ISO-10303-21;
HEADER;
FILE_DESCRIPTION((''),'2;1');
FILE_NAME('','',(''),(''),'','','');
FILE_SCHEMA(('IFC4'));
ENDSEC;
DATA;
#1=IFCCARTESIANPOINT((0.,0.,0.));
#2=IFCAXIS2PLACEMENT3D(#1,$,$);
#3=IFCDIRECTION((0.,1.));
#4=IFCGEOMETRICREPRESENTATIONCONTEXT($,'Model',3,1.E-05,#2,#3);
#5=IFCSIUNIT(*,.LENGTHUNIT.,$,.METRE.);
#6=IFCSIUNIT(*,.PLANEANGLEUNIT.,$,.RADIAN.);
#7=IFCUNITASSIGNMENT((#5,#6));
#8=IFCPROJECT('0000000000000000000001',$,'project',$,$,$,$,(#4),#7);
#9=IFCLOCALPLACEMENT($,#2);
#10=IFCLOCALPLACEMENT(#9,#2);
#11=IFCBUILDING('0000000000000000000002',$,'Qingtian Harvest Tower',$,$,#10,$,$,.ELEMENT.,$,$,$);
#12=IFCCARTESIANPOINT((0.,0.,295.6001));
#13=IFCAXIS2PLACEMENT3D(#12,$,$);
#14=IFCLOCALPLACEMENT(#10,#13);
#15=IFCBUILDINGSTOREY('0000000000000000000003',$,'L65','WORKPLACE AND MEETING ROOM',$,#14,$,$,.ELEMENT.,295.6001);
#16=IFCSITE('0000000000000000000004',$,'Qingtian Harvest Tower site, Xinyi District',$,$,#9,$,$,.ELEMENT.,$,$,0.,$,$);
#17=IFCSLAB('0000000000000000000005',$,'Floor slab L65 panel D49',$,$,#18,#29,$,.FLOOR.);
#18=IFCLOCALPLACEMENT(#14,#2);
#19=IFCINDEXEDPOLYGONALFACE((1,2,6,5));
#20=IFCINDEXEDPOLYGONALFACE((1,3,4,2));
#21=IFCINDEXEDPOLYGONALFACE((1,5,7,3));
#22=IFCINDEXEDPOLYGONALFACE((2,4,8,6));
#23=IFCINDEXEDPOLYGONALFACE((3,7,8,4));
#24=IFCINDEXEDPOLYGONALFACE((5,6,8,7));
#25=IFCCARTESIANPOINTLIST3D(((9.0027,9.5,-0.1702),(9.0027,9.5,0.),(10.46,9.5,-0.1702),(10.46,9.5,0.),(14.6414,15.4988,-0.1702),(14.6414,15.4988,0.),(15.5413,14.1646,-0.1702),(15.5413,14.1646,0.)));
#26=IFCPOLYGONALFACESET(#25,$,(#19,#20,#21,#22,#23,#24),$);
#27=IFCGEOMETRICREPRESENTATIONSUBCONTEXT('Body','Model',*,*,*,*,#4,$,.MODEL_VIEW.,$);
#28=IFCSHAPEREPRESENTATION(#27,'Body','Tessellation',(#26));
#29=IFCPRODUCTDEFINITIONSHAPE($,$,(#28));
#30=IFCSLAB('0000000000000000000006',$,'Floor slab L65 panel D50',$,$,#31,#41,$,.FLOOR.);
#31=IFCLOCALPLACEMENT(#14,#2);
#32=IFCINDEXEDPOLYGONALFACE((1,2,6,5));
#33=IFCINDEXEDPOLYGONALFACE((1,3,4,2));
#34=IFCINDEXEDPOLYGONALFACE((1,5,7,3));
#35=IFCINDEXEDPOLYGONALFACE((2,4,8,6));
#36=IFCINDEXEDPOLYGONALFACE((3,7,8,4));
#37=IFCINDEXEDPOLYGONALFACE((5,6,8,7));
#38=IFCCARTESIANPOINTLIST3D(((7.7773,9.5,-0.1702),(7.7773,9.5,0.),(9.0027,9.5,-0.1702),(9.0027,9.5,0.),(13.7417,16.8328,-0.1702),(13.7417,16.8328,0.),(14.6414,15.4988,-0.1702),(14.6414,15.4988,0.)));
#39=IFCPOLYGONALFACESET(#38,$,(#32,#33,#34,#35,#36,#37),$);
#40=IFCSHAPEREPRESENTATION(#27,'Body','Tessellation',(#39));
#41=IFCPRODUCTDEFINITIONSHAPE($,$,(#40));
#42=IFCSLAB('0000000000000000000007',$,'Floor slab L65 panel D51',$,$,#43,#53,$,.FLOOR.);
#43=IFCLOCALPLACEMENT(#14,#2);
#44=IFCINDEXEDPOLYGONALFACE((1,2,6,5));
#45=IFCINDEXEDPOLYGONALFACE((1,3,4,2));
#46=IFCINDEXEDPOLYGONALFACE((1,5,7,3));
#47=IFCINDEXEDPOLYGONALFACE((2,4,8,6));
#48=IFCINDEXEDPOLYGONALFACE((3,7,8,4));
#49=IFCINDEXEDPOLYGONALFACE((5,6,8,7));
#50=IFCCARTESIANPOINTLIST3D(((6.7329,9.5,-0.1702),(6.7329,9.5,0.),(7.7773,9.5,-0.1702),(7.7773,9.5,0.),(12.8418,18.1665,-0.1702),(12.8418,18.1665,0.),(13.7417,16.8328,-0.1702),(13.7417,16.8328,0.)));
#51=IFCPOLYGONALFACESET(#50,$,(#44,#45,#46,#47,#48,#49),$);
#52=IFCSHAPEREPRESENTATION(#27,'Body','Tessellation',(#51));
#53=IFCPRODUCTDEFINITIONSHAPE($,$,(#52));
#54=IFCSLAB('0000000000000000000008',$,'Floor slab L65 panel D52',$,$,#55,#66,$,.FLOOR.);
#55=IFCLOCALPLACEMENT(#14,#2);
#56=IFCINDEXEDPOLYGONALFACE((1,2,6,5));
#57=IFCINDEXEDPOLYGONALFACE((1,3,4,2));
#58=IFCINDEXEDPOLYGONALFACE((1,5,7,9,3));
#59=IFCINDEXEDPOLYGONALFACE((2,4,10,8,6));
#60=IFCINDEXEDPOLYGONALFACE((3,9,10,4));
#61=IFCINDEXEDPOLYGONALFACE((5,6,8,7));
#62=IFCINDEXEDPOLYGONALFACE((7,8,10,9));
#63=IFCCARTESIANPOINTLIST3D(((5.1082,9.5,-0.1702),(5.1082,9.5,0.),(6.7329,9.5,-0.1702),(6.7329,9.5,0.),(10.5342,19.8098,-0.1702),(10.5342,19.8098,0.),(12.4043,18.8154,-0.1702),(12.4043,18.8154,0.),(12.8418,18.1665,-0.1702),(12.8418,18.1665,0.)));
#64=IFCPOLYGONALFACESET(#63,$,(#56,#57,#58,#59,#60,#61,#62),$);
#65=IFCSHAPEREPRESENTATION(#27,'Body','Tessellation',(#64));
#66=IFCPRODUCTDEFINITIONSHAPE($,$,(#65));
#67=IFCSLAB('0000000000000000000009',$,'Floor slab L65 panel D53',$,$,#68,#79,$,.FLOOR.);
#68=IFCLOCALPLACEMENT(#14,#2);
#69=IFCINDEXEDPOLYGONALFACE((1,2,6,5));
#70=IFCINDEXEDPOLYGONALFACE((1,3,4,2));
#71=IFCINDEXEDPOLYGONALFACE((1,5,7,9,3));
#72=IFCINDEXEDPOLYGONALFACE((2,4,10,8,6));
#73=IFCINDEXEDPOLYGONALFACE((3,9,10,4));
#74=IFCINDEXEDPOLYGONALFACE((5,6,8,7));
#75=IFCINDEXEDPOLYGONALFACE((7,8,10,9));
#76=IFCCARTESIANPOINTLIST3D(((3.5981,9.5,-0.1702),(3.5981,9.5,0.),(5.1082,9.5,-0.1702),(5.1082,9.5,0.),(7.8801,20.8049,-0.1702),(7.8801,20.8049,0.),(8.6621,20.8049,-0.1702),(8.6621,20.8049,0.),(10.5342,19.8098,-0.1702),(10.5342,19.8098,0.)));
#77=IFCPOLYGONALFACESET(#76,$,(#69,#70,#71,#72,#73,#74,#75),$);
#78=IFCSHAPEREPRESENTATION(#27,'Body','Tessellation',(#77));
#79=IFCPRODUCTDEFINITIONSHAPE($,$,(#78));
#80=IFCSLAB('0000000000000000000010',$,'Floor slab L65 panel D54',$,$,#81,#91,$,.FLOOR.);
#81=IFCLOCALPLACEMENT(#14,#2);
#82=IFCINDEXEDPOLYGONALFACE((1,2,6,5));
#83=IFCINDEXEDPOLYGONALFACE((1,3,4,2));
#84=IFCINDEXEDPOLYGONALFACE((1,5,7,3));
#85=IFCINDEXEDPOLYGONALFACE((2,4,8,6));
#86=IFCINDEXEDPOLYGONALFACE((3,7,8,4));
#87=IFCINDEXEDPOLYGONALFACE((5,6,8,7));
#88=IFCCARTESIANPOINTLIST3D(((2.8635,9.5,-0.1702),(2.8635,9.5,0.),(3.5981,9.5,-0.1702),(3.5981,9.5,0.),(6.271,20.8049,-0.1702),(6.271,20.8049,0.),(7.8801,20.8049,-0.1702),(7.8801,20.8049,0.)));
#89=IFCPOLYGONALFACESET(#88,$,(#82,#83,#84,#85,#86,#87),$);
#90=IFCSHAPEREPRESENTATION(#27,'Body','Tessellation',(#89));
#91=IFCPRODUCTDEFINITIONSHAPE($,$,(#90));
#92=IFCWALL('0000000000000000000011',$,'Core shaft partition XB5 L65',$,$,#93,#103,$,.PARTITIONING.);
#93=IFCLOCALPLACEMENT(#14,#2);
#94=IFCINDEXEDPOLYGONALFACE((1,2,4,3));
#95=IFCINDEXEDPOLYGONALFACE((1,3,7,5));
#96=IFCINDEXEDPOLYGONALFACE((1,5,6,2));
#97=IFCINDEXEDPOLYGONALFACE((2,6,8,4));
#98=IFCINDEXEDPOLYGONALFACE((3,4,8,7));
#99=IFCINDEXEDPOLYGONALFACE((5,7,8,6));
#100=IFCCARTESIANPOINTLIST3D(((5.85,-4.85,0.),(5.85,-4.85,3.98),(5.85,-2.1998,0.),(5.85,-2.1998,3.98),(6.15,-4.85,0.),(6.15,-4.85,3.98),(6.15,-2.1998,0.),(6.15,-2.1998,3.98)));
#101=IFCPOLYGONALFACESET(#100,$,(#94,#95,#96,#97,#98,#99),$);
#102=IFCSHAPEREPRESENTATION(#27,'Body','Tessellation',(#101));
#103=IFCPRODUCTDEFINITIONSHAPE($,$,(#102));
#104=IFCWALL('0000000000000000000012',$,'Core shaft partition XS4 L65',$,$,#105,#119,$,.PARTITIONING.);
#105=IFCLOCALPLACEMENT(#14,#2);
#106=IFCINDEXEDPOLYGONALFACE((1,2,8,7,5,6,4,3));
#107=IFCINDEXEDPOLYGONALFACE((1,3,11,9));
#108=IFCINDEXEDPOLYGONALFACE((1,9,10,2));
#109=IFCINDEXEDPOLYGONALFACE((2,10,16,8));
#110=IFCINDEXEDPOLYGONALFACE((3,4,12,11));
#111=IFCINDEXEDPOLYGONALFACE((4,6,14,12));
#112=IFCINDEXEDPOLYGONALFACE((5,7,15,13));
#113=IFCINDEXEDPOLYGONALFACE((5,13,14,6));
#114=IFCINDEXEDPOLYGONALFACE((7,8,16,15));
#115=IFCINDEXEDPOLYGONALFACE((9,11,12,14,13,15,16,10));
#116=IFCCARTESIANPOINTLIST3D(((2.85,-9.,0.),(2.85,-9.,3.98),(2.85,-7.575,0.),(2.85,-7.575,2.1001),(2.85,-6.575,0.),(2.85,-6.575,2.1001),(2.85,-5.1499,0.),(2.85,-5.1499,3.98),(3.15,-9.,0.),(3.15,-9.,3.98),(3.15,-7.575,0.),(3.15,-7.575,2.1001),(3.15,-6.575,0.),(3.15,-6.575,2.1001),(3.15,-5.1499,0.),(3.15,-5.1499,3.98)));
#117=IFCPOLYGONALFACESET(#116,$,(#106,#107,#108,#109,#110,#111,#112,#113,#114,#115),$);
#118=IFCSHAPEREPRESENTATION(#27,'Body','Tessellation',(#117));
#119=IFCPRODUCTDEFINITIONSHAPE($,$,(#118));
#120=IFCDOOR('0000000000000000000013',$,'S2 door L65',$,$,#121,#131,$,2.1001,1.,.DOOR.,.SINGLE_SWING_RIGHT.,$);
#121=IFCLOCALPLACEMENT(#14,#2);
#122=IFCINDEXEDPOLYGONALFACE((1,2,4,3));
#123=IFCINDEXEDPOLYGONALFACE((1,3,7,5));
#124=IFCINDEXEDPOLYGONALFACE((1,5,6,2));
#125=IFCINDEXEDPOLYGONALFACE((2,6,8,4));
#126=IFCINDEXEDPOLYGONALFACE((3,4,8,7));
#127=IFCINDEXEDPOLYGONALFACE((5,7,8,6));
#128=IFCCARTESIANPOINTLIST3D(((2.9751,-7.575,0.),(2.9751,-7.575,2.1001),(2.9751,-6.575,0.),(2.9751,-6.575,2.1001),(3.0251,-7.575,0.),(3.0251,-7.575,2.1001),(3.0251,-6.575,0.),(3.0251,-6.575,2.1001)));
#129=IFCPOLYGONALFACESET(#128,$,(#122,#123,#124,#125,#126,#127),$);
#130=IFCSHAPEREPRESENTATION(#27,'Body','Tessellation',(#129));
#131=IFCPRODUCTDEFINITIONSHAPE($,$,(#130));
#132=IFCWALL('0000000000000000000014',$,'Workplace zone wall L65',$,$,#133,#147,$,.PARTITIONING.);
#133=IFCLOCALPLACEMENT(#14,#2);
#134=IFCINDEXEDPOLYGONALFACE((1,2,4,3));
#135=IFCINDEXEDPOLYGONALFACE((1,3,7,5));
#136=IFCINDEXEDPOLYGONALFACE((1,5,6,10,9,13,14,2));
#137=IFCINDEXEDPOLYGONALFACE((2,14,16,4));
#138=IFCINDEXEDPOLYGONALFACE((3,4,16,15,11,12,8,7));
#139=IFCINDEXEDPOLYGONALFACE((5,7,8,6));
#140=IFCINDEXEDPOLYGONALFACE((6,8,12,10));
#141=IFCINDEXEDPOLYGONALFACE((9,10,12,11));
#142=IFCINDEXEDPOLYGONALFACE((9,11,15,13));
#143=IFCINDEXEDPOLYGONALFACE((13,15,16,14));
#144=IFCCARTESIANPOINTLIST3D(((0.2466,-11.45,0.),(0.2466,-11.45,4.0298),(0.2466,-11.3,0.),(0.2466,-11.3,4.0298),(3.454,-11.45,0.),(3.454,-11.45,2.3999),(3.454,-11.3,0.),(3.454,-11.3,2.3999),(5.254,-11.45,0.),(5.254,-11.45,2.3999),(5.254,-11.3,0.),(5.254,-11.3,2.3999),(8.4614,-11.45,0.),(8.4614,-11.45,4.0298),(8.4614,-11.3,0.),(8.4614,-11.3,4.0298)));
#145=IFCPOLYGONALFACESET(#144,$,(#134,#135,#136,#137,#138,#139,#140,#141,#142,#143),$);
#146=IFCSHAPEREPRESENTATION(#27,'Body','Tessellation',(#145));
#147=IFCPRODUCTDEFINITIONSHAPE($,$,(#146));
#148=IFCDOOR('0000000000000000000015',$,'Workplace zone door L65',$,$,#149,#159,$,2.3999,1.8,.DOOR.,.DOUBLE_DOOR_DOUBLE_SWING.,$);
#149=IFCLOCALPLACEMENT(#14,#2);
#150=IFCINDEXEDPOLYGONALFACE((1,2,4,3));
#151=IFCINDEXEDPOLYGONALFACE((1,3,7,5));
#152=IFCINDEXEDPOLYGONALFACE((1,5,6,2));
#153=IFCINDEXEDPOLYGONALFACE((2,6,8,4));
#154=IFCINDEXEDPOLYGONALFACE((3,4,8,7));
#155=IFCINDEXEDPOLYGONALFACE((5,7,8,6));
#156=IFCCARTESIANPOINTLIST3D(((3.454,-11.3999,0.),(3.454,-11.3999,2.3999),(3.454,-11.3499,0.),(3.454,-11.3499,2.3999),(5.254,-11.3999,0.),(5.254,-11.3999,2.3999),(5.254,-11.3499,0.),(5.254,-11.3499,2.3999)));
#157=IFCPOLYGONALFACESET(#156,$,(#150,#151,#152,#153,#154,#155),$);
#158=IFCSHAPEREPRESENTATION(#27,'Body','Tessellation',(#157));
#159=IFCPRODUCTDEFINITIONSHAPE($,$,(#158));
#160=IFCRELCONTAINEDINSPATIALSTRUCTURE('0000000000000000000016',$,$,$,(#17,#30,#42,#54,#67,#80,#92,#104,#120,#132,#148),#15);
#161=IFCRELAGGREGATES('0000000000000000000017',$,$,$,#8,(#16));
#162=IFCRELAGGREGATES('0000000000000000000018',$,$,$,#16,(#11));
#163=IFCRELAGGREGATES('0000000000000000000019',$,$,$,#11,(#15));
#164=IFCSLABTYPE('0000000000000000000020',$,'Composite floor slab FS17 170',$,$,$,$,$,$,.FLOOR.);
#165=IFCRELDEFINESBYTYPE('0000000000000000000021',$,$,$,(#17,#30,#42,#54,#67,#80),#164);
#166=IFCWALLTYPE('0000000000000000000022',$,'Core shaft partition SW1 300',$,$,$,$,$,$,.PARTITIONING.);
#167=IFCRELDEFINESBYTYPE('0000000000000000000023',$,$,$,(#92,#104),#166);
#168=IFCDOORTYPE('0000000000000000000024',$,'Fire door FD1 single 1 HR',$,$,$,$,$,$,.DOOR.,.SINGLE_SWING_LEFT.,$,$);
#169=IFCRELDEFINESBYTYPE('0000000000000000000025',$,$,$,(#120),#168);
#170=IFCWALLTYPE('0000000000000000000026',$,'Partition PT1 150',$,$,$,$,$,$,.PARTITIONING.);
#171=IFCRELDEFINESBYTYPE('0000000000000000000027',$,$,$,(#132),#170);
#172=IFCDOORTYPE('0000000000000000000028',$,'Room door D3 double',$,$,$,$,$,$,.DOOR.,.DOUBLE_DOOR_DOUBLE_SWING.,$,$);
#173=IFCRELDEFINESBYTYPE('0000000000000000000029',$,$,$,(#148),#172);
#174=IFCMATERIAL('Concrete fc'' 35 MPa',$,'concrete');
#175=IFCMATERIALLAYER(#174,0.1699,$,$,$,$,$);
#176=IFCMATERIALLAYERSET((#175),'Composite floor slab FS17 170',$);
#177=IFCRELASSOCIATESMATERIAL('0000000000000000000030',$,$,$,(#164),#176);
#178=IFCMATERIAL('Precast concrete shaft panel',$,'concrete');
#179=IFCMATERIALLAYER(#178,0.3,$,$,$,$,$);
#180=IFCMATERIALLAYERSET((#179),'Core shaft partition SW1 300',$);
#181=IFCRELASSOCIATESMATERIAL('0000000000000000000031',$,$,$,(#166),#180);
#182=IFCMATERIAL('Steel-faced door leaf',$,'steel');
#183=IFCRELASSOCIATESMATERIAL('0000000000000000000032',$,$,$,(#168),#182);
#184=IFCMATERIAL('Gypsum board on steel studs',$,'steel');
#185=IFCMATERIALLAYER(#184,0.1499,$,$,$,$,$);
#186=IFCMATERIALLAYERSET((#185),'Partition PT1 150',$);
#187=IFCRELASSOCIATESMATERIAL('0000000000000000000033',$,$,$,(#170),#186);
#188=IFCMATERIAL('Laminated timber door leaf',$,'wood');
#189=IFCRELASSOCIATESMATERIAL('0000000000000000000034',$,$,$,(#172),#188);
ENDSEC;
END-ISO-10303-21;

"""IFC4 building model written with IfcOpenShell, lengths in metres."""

from ifc_helpers import new_model, si_unit, direction, frame, frame_2d, origin, place, context, subcontext, project, spatial, polyline, rectangle, outline, extrude, material, layer, layer_set, type_object, element, fill, save


model = new_model("IFC4")

# Units and contexts
model_context = context("Model", 3, precision=1e-05, world=origin(), true_north=direction((0.0, 1.0)))
body_context = subcontext(model_context, "Body", "Model", "MODEL_VIEW")
ifc_project = project(units=[si_unit("LENGTHUNIT", "METRE"), si_unit("PLANEANGLEUNIT", "RADIAN")], contexts=[model_context])

# Site, building, storey
site_placement = place(None, origin())
site = spatial("IfcSite", under=ifc_project, at=site_placement, Name="Qingtian Harvest Tower site, Xinyi District", CompositionType="ELEMENT", RefElevation=0.0)
building_placement = place(site_placement, origin())
building = spatial("IfcBuilding", under=site, at=building_placement, Name="Qingtian Harvest Tower", CompositionType="ELEMENT")
storey_placement = place(building_placement, frame((0.0, 0.0, 295.6001)))
storey = spatial("IfcBuildingStorey", under=building, at=storey_placement, Name="L65", Description="WORKPLACE AND MEETING ROOM", CompositionType="ELEMENT", Elevation=295.6001)

# Slabs
ifc_material_1 = material(Name="Concrete fc' 35 MPa", Category="concrete")
ifc_layer_1 = layer(ifc_material_1, 0.1699)
ifc_layer_set_1 = layer_set([ifc_layer_1], Name="Composite floor slab FS17 170")
slab_type = type_object("IfcSlabType", Name="Composite floor slab FS17 170", PredefinedType="FLOOR", material=ifc_layer_set_1)
slab_1_placement = place(storey_placement, frame((0.0, 0.0, -0.1702)))
element("IfcSlab", 1, at=slab_1_placement, inside=storey, type_object=slab_type, Name="Floor slab L65 panel D49", PredefinedType="FLOOR", context=body_context, shape_type="SweptSolid", body=[
    extrude(outline(polyline([(9.0027, 9.5), (14.6414, 15.4988), (15.5413, 14.1646), (10.46, 9.5), (9.0027, 9.5)])), origin(), (0.0, 0.0, 1.0), 0.1702),
])
slab_2_placement = place(storey_placement, frame((0.0, 0.0, -0.1702)))
element("IfcSlab", 2, at=slab_2_placement, inside=storey, type_object=slab_type, Name="Floor slab L65 panel D50", PredefinedType="FLOOR", context=body_context, shape_type="SweptSolid", body=[
    extrude(outline(polyline([(7.7773, 9.5), (13.7417, 16.8328), (14.6414, 15.4988), (9.0027, 9.5), (7.7773, 9.5)])), origin(), (0.0, 0.0, 1.0), 0.1702),
])
slab_3_placement = place(storey_placement, frame((0.0, 0.0, -0.1702)))
element("IfcSlab", 3, at=slab_3_placement, inside=storey, type_object=slab_type, Name="Floor slab L65 panel D51", PredefinedType="FLOOR", context=body_context, shape_type="SweptSolid", body=[
    extrude(outline(polyline([(6.7329, 9.5), (12.8418, 18.1665), (13.7417, 16.8328), (7.7773, 9.5), (6.7329, 9.5)])), origin(), (0.0, 0.0, 1.0), 0.1702),
])
slab_4_placement = place(storey_placement, frame((0.0, 0.0, -0.1702)))
element("IfcSlab", 4, at=slab_4_placement, inside=storey, type_object=slab_type, Name="Floor slab L65 panel D52", PredefinedType="FLOOR", context=body_context, shape_type="SweptSolid", body=[
    extrude(outline(polyline([(6.7329, 9.5), (5.1082, 9.5), (10.5342, 19.8098), (12.4043, 18.8154), (12.8418, 18.1665), (6.7329, 9.5)])), origin(), (0.0, 0.0, 1.0), 0.1702),
])
slab_5_placement = place(storey_placement, frame((0.0, 0.0, -0.1702)))
element("IfcSlab", 5, at=slab_5_placement, inside=storey, type_object=slab_type, Name="Floor slab L65 panel D53", PredefinedType="FLOOR", context=body_context, shape_type="SweptSolid", body=[
    extrude(outline(polyline([(3.5981, 9.5), (7.8801, 20.8049), (8.6621, 20.8049), (10.5342, 19.8098), (5.1082, 9.5), (3.5981, 9.5)])), origin(), (0.0, 0.0, 1.0), 0.1702),
])
slab_6_placement = place(storey_placement, frame((0.0, 0.0, -0.1702)))
element("IfcSlab", 6, at=slab_6_placement, inside=storey, type_object=slab_type, Name="Floor slab L65 panel D54", PredefinedType="FLOOR", context=body_context, shape_type="SweptSolid", body=[
    extrude(outline(polyline([(2.8635, 9.5), (6.271, 20.8049), (7.8801, 20.8049), (3.5981, 9.5), (2.8635, 9.5)])), origin(), (0.0, 0.0, 1.0), 0.1702),
])

# Wall
ifc_material_2 = material(Name="Precast concrete shaft panel", Category="concrete")
ifc_layer_2 = layer(ifc_material_2, 0.3)
ifc_layer_set_2 = layer_set([ifc_layer_2], Name="Core shaft partition SW1 300")
wall_type_1 = type_object("IfcWallType", Name="Core shaft partition SW1 300", PredefinedType="PARTITIONING", material=ifc_layer_set_2)
wall_1_placement = place(storey_placement, frame((6.0, -4.8501, 0.0), z_axis=(0.0, 0.0, 1.0), x_axis=(0.0, 1.0, 0.0)))
element("IfcWall", 7, at=wall_1_placement, inside=storey, type_object=wall_type_1, Name="Core shaft partition XB5 L65", PredefinedType="PARTITIONING", context=body_context, shape_type="SweptSolid", body=[
    extrude(rectangle(XDim=2.6501, YDim=0.3, at=frame_2d((1.3252, 0.0))), origin(), (0.0, 0.0, 1.0), 3.98),
])

# Walls, openings, doors
wall_2_placement = place(storey_placement, frame((3.0, -9.0, 0.0), z_axis=(0.0, 0.0, 1.0), x_axis=(0.0, 1.0, 0.0)))
wall_2 = element("IfcWall", 8, at=wall_2_placement, inside=storey, type_object=wall_type_1, Name="Core shaft partition XS4 L65", PredefinedType="PARTITIONING", context=body_context, shape_type="SweptSolid", body=[
    extrude(rectangle(XDim=3.8501, YDim=0.3, at=frame_2d((1.925, 0.0))), origin(), (0.0, 0.0, 1.0), 3.98),
])
opening_1_placement = place(wall_2_placement, frame((1.425, 0.0, 0.0)))
opening_1 = element("IfcOpeningElement", 9, at=opening_1_placement, cuts=wall_2, PredefinedType="OPENING", context=body_context, shape_type="SweptSolid", body=[
    extrude(rectangle(XDim=1.0, YDim=2.1001, at=frame_2d((0.5, 1.05))), frame((0.0, 0.1599, 0.0), z_axis=(0.0, -1.0, 0.0), x_axis=(1.0, 0.0, 0.0)), (0.0, 0.0, 1.0), 0.3201),
])
ifc_material_3 = material(Name="Steel-faced door leaf", Category="steel")
door_type_1 = type_object("IfcDoorType", Name="Fire door FD1 single 1 HR", OperationType="SINGLE_SWING_LEFT", PredefinedType="DOOR", material=ifc_material_3)
door_1_placement = place(opening_1_placement, origin())
door_1 = element("IfcDoor", 10, at=door_1_placement, inside=storey, type_object=door_type_1, Name="S2 door L65", OperationType="SINGLE_SWING_RIGHT", OverallHeight=2.1001, OverallWidth=1.0, PredefinedType="DOOR", context=body_context, shape_type="SweptSolid", body=[
    extrude(rectangle(XDim=1.0, YDim=2.1001, at=frame_2d((0.5, 1.05))), frame((0.0, 0.0249, 0.0), z_axis=(0.0, -1.0, 0.0), x_axis=(1.0, 0.0, 0.0)), (0.0, 0.0, 1.0), 0.05),
])
fill(opening_1, door_1)
ifc_material_4 = material(Name="Gypsum board on steel studs", Category="steel")
ifc_layer_3 = layer(ifc_material_4, 0.1499)
ifc_layer_set_3 = layer_set([ifc_layer_3], Name="Partition PT1 150")
wall_type_2 = type_object("IfcWallType", Name="Partition PT1 150", PredefinedType="PARTITIONING", material=ifc_layer_set_3)
wall_3_placement = place(storey_placement, frame((8.4614, -11.375, 0.0), z_axis=(0.0, 0.0, 1.0), x_axis=(-1.0, 0.0, 0.0)))
wall_3 = element("IfcWall", 11, at=wall_3_placement, inside=storey, type_object=wall_type_2, Name="Workplace zone wall L65", PredefinedType="PARTITIONING", context=body_context, shape_type="SweptSolid", body=[
    extrude(rectangle(XDim=8.2148, YDim=0.1499, at=frame_2d((4.1074, 0.0))), origin(), (0.0, 0.0, 1.0), 4.0298),
])
opening_2_placement = place(wall_3_placement, frame((3.2075, 0.0, 0.0)))
opening_2 = element("IfcOpeningElement", 12, at=opening_2_placement, cuts=wall_3, PredefinedType="OPENING", context=body_context, shape_type="SweptSolid", body=[
    extrude(rectangle(XDim=1.8, YDim=2.3999, at=frame_2d((0.8999, 1.2))), frame((0.0, 0.085, 0.0), z_axis=(0.0, -1.0, 0.0), x_axis=(1.0, 0.0, 0.0)), (0.0, 0.0, 1.0), 0.1699),
])
ifc_material_5 = material(Name="Laminated timber door leaf", Category="wood")
door_type_2 = type_object("IfcDoorType", Name="Room door D3 double", OperationType="DOUBLE_DOOR_DOUBLE_SWING", PredefinedType="DOOR", material=ifc_material_5)
door_2_placement = place(opening_2_placement, origin())
door_2 = element("IfcDoor", 13, at=door_2_placement, inside=storey, type_object=door_type_2, Name="Workplace zone door L65", OperationType="DOUBLE_DOOR_DOUBLE_SWING", OverallHeight=2.3999, OverallWidth=1.8, PredefinedType="DOOR", context=body_context, shape_type="SweptSolid", body=[
    extrude(rectangle(XDim=1.8, YDim=2.3999, at=frame_2d((0.8999, 1.2))), frame((0.0, 0.0249, 0.0), z_axis=(0.0, -1.0, 0.0), x_axis=(1.0, 0.0, 0.0)), (0.0, 0.0, 1.0), 0.05),
])
fill(opening_2, door_2)

save(model, "model.ifc")
